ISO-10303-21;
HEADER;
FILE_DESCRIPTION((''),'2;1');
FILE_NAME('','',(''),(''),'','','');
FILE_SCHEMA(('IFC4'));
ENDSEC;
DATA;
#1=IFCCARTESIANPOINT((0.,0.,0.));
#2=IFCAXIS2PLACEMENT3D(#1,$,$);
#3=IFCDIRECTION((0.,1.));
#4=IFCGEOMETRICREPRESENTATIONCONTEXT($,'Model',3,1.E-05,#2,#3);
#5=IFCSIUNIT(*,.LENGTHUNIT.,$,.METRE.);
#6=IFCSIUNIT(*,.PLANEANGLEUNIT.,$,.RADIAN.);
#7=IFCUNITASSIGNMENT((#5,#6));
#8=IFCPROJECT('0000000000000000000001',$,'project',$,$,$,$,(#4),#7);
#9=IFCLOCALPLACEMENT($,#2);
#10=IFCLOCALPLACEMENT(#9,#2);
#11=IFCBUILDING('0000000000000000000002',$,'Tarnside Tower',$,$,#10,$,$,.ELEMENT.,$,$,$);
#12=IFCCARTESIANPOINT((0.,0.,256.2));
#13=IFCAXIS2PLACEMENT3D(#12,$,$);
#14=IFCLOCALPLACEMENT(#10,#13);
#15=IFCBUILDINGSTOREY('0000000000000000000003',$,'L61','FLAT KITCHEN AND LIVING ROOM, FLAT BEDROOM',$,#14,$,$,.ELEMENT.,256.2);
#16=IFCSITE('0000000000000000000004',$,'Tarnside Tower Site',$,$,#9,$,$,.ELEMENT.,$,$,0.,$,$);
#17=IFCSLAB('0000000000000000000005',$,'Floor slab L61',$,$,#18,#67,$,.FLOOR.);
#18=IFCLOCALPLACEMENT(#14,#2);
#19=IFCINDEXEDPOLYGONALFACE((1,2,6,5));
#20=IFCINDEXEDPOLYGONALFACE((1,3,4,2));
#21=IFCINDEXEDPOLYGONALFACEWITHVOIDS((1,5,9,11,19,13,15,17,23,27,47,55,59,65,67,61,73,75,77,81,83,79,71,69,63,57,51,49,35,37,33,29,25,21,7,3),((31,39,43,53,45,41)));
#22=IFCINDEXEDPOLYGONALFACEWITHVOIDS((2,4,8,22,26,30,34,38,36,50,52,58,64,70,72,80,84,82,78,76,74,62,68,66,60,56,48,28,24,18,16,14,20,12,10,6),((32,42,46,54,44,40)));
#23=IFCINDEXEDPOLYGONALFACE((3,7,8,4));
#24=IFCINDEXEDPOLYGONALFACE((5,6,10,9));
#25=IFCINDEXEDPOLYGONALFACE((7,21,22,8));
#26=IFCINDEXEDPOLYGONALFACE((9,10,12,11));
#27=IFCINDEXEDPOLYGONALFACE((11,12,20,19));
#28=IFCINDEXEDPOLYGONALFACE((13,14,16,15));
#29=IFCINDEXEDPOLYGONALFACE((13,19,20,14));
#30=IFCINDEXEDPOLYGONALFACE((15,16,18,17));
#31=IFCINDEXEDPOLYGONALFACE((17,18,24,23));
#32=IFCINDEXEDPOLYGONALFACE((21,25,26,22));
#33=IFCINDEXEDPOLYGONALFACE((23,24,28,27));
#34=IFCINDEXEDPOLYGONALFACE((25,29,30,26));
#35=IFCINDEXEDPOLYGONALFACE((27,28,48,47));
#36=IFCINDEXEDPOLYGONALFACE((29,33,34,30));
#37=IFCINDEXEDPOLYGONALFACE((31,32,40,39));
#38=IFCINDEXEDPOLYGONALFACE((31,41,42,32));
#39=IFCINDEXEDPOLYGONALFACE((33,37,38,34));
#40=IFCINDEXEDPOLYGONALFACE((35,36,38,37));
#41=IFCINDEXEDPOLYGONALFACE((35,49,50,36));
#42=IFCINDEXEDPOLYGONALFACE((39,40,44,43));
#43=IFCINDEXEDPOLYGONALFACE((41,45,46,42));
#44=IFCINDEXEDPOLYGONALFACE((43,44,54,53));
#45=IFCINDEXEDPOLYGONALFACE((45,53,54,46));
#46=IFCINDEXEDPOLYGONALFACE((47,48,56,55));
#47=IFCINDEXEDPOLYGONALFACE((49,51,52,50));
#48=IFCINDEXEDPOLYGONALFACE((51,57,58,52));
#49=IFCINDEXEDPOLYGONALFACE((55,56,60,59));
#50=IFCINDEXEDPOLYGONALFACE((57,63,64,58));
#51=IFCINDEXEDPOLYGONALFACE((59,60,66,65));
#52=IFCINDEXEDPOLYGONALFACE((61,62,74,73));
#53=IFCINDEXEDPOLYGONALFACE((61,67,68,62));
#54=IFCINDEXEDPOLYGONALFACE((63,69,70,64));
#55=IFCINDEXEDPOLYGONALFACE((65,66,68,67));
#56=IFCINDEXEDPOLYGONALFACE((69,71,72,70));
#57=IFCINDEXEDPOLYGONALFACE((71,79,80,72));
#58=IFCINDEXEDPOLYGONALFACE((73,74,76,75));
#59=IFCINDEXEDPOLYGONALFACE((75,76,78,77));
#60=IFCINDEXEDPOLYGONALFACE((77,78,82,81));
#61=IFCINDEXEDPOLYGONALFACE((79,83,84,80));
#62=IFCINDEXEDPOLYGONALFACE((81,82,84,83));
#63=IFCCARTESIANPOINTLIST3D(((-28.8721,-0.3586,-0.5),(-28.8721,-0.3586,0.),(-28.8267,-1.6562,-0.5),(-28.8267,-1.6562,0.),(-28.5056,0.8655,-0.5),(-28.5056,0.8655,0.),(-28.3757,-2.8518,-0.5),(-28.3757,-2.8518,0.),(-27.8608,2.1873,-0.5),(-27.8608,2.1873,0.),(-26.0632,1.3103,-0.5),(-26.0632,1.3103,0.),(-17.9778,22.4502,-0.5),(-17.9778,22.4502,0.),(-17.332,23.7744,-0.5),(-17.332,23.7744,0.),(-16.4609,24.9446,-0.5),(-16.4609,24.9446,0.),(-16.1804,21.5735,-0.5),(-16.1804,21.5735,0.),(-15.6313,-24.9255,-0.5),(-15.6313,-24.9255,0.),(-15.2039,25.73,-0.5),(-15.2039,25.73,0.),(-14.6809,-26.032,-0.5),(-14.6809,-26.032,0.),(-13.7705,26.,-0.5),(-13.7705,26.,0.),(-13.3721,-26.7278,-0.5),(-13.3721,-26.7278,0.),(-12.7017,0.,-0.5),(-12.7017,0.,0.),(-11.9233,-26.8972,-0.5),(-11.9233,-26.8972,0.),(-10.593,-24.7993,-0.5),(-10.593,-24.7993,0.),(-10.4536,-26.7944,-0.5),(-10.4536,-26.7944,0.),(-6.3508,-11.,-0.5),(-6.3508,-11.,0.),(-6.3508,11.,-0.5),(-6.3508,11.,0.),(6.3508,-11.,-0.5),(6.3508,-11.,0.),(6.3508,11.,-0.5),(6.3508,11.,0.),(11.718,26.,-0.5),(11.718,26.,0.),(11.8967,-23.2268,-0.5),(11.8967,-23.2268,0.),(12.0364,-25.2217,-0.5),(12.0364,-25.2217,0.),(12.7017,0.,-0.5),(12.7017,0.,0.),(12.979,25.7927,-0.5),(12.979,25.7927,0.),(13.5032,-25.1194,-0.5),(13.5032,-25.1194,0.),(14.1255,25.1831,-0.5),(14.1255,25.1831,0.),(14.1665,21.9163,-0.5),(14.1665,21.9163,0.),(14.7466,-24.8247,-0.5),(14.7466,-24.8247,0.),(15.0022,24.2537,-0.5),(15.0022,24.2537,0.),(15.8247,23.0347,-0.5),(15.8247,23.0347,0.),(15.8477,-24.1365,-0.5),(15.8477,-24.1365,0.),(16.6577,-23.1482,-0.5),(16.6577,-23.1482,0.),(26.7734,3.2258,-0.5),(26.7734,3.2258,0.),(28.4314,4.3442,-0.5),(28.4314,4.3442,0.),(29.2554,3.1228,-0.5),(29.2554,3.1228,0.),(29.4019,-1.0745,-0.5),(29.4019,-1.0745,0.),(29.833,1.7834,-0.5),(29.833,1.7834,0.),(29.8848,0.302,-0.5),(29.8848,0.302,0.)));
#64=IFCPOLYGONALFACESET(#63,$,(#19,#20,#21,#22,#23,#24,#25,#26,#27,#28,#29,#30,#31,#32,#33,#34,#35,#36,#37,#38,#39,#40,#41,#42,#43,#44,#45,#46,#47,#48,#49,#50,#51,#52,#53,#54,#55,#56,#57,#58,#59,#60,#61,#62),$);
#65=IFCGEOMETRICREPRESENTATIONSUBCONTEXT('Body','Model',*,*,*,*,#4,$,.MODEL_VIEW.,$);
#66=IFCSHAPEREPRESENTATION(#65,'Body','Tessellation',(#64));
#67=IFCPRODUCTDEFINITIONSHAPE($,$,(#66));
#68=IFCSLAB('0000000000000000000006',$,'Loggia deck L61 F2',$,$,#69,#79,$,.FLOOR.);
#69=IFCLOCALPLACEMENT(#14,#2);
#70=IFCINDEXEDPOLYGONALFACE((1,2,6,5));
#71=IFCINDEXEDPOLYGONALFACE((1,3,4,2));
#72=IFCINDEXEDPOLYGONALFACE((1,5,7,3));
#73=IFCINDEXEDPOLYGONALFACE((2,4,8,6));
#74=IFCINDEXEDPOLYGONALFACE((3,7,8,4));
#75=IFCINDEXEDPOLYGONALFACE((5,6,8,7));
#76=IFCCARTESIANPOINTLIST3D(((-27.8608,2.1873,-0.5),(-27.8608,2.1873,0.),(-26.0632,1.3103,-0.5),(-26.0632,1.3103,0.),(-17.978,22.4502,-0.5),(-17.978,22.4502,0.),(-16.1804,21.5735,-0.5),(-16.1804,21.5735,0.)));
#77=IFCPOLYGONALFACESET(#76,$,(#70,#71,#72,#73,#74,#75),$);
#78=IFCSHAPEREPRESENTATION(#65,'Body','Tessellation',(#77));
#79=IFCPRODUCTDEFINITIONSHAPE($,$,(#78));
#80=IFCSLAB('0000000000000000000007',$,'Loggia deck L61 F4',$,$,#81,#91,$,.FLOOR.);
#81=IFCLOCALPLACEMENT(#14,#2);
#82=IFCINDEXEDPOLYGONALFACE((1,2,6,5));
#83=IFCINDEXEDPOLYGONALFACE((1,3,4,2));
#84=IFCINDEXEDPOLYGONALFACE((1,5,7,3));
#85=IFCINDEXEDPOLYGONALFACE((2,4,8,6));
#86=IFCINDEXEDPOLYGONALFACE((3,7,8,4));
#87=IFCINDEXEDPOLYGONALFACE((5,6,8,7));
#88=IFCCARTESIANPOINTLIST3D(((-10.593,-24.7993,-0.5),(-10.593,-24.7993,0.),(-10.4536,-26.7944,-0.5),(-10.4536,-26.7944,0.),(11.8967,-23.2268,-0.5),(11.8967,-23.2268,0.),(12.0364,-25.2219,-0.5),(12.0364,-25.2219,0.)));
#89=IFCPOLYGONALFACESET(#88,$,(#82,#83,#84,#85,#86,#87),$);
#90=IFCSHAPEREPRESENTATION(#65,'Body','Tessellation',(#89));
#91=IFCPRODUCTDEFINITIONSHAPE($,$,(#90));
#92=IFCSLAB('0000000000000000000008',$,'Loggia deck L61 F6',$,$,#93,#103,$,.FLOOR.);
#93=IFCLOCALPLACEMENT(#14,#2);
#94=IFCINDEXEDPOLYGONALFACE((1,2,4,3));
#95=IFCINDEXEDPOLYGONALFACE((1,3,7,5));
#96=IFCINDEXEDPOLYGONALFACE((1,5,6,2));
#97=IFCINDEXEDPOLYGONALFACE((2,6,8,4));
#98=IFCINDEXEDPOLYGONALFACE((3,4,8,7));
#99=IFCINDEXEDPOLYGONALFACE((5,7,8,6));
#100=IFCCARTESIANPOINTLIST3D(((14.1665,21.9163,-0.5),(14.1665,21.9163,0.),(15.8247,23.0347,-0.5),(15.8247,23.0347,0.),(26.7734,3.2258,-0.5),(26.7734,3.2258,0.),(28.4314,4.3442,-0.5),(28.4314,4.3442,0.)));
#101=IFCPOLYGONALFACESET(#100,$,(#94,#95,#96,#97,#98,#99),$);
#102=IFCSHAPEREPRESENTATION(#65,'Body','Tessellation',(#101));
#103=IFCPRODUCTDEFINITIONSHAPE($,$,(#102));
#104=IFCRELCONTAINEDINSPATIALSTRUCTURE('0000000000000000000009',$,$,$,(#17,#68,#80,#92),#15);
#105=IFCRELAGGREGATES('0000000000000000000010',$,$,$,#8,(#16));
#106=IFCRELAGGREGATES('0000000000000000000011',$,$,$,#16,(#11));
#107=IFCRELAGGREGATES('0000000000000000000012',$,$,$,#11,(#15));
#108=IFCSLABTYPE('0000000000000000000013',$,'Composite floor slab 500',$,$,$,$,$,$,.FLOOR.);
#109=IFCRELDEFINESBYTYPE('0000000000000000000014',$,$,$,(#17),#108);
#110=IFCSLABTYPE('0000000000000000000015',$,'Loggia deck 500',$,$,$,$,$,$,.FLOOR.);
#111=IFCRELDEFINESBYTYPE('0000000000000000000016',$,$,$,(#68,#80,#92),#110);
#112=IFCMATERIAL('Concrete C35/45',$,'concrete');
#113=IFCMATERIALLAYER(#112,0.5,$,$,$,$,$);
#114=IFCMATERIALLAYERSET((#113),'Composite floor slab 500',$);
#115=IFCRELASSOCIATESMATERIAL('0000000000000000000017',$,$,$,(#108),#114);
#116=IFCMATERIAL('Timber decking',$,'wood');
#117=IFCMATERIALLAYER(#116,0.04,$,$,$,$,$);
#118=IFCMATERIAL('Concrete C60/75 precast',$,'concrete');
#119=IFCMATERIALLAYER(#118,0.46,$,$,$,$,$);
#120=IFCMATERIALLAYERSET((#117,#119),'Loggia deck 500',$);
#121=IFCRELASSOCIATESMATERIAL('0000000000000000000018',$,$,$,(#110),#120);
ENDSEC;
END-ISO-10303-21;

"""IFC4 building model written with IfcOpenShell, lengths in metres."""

from ifc_helpers import new_model, si_unit, direction, frame, origin, place, context, subcontext, project, spatial, polyline, outline, extrude, material, layer, layer_set, type_object, element, save


model = new_model("IFC4")

# Units and contexts
model_context = context("Model", 3, precision=1e-05, world=origin(), true_north=direction((0.0, 1.0)))
body_context = subcontext(model_context, "Body", "Model", "MODEL_VIEW")
ifc_project = project(units=[si_unit("LENGTHUNIT", "METRE"), si_unit("PLANEANGLEUNIT", "RADIAN")], contexts=[model_context])

# Site, building, storey
site_placement = place(None, origin())
site = spatial("IfcSite", under=ifc_project, at=site_placement, Name="Tarnside Tower Site", CompositionType="ELEMENT", RefElevation=0.0)
building_placement = place(site_placement, origin())
building = spatial("IfcBuilding", under=site, at=building_placement, Name="Tarnside Tower", CompositionType="ELEMENT")
storey_placement = place(building_placement, frame((0.0, 0.0, 256.2)))
storey = spatial("IfcBuildingStorey", under=building, at=storey_placement, Name="L61", Description="FLAT KITCHEN AND LIVING ROOM, FLAT BEDROOM", CompositionType="ELEMENT", Elevation=256.2)

# Slabs
ifc_material_1 = material(Name="Concrete C35/45", Category="concrete")
ifc_layer_1 = layer(ifc_material_1, 0.5)
ifc_layer_set_1 = layer_set([ifc_layer_1], Name="Composite floor slab 500")
slab_type_1 = type_object("IfcSlabType", Name="Composite floor slab 500", PredefinedType="FLOOR", material=ifc_layer_set_1)
slab_1_placement = place(storey_placement, frame((0.0, 0.0, -0.5)))
element("IfcSlab", 1, at=slab_1_placement, inside=storey, type_object=slab_type_1, Name="Floor slab L61", PredefinedType="FLOOR", context=body_context, shape_type="SweptSolid", body=[
    extrude(outline(polyline([(12.979, 25.7927), (14.1255, 25.1831), (15.0022, 24.2537), (15.8247, 23.0347), (14.1665, 21.9163), (26.7734, 3.2258), (28.4314, 4.3442), (29.2554, 3.1228), (29.833, 1.7834), (29.8848, 0.302), (29.4019, -1.0745), (16.6577, -23.1482), (15.8477, -24.1365), (14.7466, -24.8247), (13.5032, -25.1194), (12.0364, -25.2217), (11.8967, -23.2268), (-10.593, -24.7993), (-10.4536, -26.7944), (-11.9233, -26.8972), (-13.3721, -26.7278), (-14.6809, -26.032), (-15.6313, -24.9255), (-28.3757, -2.8518), (-28.8267, -1.6562), (-28.8721, -0.3586), (-28.5056, 0.8655), (-27.8608, 2.1873), (-26.0632, 1.3103), (-16.1804, 21.5735), (-17.9778, 22.4502), (-17.332, 23.7744), (-16.4609, 24.9446), (-15.2039, 25.73), (-13.7705, 26.0), (11.718, 26.0), (12.979, 25.7927)]), holes=[polyline([(-12.7017, 0.0), (-6.3508, -11.0), (6.3508, -11.0), (12.7017, 0.0), (6.3508, 11.0), (-6.3508, 11.0), (-12.7017, 0.0)])]), origin(), (0.0, 0.0, 1.0), 0.5),
])
ifc_material_2 = material(Name="Timber decking", Category="wood")
ifc_layer_2 = layer(ifc_material_2, 0.04)
ifc_material_3 = material(Name="Concrete C60/75 precast", Category="concrete")
ifc_layer_3 = layer(ifc_material_3, 0.46)
ifc_layer_set_2 = layer_set([ifc_layer_2, ifc_layer_3], Name="Loggia deck 500")
slab_type_2 = type_object("IfcSlabType", Name="Loggia deck 500", PredefinedType="FLOOR", material=ifc_layer_set_2)
slab_2_placement = place(storey_placement, frame((0.0, 0.0, -0.5)))
element("IfcSlab", 2, at=slab_2_placement, inside=storey, type_object=slab_type_2, Name="Loggia deck L61 F2", PredefinedType="FLOOR", context=body_context, shape_type="SweptSolid", body=[
    extrude(outline(polyline([(-16.1804, 21.5735), (-26.0632, 1.3103), (-27.8608, 2.1873), (-17.978, 22.4502), (-16.1804, 21.5735)])), origin(), (0.0, 0.0, 1.0), 0.5),
])
slab_3_placement = place(storey_placement, frame((0.0, 0.0, -0.5)))
element("IfcSlab", 3, at=slab_3_placement, inside=storey, type_object=slab_type_2, Name="Loggia deck L61 F4", PredefinedType="FLOOR", context=body_context, shape_type="SweptSolid", body=[
    extrude(outline(polyline([(-10.593, -24.7993), (11.8967, -23.2268), (12.0364, -25.2219), (-10.4536, -26.7944), (-10.593, -24.7993)])), origin(), (0.0, 0.0, 1.0), 0.5),
])
slab_4_placement = place(storey_placement, frame((0.0, 0.0, -0.5)))
element("IfcSlab", 4, at=slab_4_placement, inside=storey, type_object=slab_type_2, Name="Loggia deck L61 F6", PredefinedType="FLOOR", context=body_context, shape_type="SweptSolid", body=[
    extrude(outline(polyline([(26.7734, 3.2258), (14.1665, 21.9163), (15.8247, 23.0347), (28.4314, 4.3442), (26.7734, 3.2258)])), origin(), (0.0, 0.0, 1.0), 0.5),
])

save(model, "model.ifc")
